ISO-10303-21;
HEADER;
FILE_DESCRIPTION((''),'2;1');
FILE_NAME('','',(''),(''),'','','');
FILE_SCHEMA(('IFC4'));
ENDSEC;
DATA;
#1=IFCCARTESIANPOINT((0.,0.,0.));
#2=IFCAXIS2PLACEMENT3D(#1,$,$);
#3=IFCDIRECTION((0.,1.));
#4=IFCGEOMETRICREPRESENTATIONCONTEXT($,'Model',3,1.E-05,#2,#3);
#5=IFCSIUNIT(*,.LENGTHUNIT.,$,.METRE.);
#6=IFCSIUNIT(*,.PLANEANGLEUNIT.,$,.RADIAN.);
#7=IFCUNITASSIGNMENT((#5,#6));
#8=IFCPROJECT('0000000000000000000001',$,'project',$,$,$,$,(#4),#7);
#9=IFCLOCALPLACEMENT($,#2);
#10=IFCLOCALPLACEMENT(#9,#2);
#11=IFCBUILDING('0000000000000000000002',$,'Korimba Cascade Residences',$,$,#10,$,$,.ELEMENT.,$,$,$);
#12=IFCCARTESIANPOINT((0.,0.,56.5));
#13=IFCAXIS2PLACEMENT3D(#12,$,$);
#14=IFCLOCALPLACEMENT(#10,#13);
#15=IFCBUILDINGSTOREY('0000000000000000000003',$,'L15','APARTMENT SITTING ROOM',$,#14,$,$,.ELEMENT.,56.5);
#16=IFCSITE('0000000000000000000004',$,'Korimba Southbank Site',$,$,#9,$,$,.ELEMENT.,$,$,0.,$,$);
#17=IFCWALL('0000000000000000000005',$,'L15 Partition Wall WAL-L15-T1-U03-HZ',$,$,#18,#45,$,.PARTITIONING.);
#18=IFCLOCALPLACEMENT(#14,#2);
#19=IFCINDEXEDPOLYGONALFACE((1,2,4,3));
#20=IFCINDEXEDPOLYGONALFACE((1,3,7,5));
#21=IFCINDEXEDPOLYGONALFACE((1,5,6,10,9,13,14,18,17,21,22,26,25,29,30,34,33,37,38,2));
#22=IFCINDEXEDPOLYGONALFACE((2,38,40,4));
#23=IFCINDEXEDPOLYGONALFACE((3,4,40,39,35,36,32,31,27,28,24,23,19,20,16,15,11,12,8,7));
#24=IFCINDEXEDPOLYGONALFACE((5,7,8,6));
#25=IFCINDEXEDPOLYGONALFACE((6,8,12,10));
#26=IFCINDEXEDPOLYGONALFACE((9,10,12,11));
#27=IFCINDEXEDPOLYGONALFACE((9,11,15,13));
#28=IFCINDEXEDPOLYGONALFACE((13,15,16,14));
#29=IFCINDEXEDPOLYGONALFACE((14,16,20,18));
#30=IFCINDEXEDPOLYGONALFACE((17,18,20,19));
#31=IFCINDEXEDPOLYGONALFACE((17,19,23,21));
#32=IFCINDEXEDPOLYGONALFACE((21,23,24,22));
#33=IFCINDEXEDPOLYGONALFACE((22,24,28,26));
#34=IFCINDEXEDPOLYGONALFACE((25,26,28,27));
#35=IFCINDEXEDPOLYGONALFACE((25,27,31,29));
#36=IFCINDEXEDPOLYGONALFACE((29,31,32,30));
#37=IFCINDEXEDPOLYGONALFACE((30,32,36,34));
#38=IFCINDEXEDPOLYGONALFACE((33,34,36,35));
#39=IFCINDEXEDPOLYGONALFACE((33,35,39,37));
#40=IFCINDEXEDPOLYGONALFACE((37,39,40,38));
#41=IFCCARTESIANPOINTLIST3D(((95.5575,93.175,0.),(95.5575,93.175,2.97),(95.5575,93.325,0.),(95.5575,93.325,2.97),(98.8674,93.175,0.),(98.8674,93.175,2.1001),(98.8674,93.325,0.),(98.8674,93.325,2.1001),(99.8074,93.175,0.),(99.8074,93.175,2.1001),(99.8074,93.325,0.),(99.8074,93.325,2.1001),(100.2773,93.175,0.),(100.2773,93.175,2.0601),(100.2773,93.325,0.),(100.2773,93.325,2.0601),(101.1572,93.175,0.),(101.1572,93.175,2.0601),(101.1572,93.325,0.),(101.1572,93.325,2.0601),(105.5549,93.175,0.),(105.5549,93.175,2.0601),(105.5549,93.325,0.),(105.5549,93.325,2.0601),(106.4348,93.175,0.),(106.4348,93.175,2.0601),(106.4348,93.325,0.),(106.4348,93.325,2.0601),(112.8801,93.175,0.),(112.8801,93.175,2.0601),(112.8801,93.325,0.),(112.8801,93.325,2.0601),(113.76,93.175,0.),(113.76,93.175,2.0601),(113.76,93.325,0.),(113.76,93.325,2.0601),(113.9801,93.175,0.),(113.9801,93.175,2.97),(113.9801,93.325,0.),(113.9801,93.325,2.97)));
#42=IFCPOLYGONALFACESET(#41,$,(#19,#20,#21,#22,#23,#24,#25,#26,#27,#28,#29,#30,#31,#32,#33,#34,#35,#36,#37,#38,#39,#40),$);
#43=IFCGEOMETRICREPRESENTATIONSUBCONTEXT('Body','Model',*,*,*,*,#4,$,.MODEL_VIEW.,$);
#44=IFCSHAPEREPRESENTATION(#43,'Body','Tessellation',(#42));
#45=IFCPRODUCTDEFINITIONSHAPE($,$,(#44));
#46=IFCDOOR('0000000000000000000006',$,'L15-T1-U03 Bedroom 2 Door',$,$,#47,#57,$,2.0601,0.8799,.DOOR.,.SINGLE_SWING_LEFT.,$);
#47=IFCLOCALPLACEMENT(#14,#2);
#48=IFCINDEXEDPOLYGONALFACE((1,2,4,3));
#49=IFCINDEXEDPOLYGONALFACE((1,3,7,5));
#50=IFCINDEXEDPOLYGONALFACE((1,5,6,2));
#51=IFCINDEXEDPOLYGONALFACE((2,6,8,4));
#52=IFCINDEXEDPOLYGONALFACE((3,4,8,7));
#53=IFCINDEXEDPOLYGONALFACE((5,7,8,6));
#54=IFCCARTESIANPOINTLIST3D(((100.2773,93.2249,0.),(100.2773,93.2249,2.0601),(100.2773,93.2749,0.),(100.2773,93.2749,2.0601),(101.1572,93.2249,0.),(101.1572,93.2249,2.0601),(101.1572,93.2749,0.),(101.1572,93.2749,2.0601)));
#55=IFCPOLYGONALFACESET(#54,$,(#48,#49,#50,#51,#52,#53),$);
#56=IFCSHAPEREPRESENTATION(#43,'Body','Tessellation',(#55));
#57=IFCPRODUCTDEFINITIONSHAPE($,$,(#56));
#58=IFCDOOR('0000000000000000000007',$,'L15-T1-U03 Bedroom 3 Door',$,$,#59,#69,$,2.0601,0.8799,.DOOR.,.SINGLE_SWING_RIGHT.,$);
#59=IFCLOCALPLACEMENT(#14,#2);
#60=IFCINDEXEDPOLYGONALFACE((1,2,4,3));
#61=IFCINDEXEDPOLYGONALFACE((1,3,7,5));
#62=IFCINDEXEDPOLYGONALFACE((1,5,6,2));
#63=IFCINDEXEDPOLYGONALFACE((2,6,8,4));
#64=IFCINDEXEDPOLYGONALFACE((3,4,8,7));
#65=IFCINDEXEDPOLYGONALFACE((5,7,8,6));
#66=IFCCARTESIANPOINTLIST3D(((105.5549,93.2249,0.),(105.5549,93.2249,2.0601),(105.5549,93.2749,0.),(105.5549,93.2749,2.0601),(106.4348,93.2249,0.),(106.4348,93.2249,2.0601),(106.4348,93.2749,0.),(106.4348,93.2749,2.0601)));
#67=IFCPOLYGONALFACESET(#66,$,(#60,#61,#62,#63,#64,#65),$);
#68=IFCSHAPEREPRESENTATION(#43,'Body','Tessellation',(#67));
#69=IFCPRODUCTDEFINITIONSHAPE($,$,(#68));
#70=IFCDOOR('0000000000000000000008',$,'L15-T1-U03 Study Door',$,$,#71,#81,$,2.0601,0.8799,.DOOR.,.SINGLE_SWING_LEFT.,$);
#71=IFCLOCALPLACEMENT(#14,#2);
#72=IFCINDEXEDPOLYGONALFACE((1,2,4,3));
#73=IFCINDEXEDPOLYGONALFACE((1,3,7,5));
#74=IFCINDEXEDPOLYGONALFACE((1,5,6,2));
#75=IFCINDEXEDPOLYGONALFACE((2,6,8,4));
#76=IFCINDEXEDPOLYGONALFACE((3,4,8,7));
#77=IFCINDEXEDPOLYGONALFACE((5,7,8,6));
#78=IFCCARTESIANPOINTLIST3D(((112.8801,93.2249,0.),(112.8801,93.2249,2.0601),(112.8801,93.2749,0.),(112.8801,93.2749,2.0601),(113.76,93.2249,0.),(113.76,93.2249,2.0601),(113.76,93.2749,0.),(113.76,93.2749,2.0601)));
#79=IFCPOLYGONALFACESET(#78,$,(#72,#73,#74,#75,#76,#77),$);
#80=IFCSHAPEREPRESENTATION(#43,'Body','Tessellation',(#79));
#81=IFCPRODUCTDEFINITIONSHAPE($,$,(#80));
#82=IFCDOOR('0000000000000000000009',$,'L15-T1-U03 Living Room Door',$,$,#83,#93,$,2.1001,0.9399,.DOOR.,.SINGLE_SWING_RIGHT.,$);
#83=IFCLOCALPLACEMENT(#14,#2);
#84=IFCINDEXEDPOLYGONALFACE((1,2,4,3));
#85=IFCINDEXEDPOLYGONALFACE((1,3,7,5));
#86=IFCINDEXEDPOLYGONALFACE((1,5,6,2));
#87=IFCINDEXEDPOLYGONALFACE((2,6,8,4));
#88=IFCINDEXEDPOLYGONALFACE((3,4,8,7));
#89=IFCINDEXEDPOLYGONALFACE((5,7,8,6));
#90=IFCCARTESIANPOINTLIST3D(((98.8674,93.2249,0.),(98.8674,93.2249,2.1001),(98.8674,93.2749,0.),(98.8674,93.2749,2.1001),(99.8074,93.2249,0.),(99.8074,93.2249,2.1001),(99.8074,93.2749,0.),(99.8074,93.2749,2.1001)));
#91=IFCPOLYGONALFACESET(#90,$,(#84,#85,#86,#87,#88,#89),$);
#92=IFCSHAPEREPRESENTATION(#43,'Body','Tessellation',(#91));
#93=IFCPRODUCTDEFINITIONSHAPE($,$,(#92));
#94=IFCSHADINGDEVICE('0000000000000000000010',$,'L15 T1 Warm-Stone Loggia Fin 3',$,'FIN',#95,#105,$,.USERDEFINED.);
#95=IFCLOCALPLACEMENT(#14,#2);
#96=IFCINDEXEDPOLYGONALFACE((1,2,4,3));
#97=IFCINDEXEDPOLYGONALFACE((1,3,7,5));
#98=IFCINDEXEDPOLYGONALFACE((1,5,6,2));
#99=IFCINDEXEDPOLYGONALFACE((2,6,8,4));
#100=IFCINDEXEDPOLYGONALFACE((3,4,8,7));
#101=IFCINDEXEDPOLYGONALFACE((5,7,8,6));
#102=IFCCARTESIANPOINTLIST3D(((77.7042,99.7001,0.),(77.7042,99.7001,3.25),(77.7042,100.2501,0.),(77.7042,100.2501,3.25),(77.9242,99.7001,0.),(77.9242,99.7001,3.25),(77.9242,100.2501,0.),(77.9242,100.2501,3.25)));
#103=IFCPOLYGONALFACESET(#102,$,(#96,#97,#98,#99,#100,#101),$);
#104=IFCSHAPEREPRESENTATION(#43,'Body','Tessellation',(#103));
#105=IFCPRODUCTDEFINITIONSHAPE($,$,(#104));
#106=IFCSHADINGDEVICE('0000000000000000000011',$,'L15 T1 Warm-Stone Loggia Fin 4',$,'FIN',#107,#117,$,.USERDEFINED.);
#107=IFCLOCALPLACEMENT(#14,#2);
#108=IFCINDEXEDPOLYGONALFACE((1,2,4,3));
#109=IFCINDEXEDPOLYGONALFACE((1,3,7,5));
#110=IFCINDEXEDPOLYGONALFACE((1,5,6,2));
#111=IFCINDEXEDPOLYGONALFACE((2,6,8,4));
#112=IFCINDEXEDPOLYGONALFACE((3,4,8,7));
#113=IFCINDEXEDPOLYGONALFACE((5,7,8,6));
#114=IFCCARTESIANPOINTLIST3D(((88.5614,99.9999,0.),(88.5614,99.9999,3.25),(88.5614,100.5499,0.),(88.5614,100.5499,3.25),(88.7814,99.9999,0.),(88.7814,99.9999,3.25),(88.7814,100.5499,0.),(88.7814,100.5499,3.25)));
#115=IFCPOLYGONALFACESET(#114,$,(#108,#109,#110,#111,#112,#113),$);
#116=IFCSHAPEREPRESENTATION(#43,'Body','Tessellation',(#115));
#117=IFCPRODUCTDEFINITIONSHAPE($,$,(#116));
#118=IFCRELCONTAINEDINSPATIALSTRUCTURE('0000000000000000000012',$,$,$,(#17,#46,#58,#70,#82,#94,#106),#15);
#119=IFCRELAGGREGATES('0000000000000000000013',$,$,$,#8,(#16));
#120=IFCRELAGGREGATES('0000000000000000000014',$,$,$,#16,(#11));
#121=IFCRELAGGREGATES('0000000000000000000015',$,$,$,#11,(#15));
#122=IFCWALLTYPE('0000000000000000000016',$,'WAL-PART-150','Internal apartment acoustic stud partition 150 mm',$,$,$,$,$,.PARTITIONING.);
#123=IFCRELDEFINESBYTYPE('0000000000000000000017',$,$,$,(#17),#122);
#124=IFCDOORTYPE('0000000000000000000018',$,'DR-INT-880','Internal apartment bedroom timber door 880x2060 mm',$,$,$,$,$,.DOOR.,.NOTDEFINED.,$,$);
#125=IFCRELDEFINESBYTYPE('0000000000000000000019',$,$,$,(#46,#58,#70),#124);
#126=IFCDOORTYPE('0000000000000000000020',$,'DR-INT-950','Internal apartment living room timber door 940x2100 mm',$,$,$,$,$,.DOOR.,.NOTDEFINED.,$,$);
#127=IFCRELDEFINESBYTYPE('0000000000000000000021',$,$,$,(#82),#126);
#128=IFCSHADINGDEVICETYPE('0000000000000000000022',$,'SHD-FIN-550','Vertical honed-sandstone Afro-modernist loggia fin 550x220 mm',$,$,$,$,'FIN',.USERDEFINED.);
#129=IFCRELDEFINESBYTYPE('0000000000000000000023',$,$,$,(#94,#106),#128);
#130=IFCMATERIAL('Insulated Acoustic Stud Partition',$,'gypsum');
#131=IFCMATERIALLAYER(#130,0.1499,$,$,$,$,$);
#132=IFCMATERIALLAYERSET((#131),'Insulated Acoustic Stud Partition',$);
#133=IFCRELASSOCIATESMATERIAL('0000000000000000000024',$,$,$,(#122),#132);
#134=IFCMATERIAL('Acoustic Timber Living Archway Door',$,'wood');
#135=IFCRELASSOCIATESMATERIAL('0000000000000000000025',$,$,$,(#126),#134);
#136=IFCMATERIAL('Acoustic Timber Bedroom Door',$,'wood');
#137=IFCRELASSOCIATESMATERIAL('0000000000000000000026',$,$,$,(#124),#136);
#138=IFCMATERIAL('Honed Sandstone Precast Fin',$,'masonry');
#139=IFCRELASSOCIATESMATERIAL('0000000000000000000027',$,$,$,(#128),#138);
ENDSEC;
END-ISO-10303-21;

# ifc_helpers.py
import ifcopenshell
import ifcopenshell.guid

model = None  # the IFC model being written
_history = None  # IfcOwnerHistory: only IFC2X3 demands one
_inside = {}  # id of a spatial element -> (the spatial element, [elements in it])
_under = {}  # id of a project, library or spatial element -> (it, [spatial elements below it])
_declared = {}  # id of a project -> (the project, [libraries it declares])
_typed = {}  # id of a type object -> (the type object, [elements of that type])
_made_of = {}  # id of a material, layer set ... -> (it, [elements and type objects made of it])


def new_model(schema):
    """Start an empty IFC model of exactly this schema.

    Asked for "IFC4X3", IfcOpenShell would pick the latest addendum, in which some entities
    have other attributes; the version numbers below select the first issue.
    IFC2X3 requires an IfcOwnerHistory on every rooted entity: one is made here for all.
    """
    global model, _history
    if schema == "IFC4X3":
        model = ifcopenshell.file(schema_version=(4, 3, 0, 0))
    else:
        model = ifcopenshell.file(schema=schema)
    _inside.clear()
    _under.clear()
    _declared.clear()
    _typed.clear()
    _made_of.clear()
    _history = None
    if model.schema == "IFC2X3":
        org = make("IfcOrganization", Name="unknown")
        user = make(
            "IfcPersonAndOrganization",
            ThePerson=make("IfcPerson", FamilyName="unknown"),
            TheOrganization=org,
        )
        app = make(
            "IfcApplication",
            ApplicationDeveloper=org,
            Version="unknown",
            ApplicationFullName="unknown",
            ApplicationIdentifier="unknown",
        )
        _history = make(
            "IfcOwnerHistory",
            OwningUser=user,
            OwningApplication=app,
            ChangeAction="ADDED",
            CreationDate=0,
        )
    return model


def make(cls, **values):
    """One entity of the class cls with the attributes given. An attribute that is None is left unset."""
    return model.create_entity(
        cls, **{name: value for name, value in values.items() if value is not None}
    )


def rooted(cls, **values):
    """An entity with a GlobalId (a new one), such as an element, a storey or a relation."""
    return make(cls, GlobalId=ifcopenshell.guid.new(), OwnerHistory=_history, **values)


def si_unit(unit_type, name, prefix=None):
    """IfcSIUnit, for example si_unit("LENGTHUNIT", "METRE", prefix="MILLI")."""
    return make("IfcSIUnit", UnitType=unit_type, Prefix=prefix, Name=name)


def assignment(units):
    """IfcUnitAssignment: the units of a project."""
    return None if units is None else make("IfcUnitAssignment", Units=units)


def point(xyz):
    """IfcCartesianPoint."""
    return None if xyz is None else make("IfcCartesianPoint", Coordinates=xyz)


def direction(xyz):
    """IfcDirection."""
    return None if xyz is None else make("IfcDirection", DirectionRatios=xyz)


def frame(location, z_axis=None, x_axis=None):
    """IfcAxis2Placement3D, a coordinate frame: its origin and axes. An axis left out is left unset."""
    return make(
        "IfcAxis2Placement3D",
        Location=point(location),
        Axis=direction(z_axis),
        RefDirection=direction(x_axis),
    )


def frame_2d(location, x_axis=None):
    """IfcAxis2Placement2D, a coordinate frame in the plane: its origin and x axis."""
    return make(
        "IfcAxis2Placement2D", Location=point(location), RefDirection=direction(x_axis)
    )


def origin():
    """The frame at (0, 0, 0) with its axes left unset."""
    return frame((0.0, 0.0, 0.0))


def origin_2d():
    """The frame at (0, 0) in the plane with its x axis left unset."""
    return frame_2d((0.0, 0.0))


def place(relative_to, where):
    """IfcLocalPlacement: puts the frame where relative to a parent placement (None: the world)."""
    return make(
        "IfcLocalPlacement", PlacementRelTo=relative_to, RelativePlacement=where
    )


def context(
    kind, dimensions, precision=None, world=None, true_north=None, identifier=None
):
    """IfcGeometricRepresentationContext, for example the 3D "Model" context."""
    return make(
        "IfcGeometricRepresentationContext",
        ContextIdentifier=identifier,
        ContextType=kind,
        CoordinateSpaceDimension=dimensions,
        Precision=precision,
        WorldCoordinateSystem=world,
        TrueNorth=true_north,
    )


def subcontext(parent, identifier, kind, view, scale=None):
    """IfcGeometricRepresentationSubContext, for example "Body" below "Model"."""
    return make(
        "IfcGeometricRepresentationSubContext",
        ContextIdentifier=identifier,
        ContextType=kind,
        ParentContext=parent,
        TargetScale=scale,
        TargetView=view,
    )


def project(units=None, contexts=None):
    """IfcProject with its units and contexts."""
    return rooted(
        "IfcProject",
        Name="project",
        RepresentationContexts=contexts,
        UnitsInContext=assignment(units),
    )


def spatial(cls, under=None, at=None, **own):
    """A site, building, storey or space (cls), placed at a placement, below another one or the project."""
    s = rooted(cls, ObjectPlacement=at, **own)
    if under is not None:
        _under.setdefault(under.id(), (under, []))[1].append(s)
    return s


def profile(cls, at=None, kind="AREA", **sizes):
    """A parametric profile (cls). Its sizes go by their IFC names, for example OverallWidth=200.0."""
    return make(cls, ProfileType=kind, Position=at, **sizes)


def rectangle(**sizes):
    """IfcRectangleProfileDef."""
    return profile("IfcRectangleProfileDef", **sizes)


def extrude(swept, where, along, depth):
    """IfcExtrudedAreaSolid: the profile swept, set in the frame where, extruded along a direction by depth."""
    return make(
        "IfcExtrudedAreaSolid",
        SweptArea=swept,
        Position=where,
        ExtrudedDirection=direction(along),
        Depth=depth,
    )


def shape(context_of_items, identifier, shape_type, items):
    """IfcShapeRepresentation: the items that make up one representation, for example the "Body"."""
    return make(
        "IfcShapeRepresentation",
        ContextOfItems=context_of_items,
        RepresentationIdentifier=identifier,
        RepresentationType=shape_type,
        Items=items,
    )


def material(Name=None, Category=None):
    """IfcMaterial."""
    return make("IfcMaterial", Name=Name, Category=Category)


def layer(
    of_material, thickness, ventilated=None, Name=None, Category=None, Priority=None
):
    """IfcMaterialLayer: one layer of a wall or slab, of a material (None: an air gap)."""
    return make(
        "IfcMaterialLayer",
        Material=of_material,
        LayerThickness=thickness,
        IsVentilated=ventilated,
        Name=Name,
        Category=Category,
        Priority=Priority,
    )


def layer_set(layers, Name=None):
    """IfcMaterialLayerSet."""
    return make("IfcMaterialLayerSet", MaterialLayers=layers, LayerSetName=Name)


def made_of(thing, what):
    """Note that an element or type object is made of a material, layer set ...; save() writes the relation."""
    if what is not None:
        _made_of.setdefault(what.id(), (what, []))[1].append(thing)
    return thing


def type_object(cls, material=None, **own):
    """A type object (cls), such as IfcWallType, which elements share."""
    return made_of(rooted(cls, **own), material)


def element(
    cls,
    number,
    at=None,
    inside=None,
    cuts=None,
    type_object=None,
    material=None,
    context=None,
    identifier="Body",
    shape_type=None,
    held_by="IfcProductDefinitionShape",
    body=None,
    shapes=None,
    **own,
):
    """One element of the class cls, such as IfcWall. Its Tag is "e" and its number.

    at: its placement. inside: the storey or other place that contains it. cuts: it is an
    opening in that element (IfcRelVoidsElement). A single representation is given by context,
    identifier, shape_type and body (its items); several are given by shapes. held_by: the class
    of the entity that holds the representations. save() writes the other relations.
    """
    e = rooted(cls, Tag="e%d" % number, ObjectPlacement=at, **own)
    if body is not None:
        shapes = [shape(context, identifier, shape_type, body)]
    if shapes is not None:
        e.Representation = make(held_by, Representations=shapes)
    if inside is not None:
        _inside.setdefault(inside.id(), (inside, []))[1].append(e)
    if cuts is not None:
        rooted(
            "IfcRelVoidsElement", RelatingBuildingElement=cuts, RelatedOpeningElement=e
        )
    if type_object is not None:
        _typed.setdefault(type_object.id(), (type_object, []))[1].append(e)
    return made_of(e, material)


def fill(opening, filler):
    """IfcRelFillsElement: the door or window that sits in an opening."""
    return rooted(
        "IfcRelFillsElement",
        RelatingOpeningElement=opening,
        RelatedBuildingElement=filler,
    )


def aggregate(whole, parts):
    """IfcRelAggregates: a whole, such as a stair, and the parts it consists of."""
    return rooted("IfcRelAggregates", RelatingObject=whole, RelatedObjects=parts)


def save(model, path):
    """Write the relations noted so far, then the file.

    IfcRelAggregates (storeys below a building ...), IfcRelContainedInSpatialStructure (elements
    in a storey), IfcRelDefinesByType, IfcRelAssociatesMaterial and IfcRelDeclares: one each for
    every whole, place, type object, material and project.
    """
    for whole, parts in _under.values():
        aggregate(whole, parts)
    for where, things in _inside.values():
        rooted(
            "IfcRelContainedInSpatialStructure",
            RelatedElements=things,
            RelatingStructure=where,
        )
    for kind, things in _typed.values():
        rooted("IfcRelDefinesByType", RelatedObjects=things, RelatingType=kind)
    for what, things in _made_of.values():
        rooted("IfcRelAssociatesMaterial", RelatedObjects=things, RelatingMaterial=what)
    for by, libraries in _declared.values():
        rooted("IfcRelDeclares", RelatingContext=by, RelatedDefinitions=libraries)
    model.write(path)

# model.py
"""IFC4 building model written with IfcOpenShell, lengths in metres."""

from ifc_helpers import new_model, si_unit, direction, frame, frame_2d, origin, origin_2d, place, context, subcontext, project, spatial, rectangle, extrude, material, layer, layer_set, type_object, element, fill, save


model = new_model("IFC4")

# Units and contexts
model_context = context("Model", 3, precision=1e-05, world=origin(), true_north=direction((0.0, 1.0)))
body_context = subcontext(model_context, "Body", "Model", "MODEL_VIEW")
ifc_project = project(units=[si_unit("LENGTHUNIT", "METRE"), si_unit("PLANEANGLEUNIT", "RADIAN")], contexts=[model_context])

# Site, building, storey
site_placement = place(None, origin())
site = spatial("IfcSite", under=ifc_project, at=site_placement, Name="Korimba Southbank Site", CompositionType="ELEMENT", RefElevation=0.0)
building_placement = place(site_placement, origin())
building = spatial("IfcBuilding", under=site, at=building_placement, Name="Korimba Cascade Residences", CompositionType="ELEMENT")
storey_placement = place(building_placement, frame((0.0, 0.0, 56.5)))
storey = spatial("IfcBuildingStorey", under=building, at=storey_placement, Name="L15", Description="APARTMENT SITTING ROOM", CompositionType="ELEMENT", Elevation=56.5)

# Shared definitions
ifc_material_1 = material(Name="Insulated Acoustic Stud Partition", Category="gypsum")
ifc_layer = layer(ifc_material_1, 0.1499)
ifc_layer_set = layer_set([ifc_layer], Name="Insulated Acoustic Stud Partition")
wall_type = type_object("IfcWallType", Name="WAL-PART-150", Description="Internal apartment acoustic stud partition 150 mm", PredefinedType="PARTITIONING", material=ifc_layer_set)

# Shared definitions
ifc_material_2 = material(Name="Acoustic Timber Living Archway Door", Category="wood")
door_type_1 = type_object("IfcDoorType", Name="DR-INT-950", Description="Internal apartment living room timber door 940x2100 mm", OperationType="NOTDEFINED", PredefinedType="DOOR", material=ifc_material_2)

# Wall, openings, doors
wall_1_placement = place(storey_placement, frame((95.5574, 93.25, 0.0), z_axis=(0.0, 0.0, 1.0), x_axis=(1.0, 0.0, 0.0)))
wall_1 = element("IfcWall", 1, at=wall_1_placement, inside=storey, type_object=wall_type, Name="L15 Partition Wall WAL-L15-T1-U03-HZ", PredefinedType="PARTITIONING", context=body_context, shape_type="SweptSolid", body=[
    extrude(rectangle(XDim=18.4226, YDim=0.1499, at=frame_2d((9.2114, 0.0))), origin(), (0.0, 0.0, 1.0), 2.97),
])
opening_1_placement = place(wall_1_placement, frame((3.3101, 0.0, 0.0)))
opening_1 = element("IfcOpeningElement", 2, at=opening_1_placement, cuts=wall_1, PredefinedType="OPENING", context=body_context, shape_type="SweptSolid", body=[
    extrude(rectangle(XDim=0.9399, YDim=2.1001, at=frame_2d((0.47, 1.05))), frame((0.0, 0.085, 0.0), z_axis=(0.0, -1.0, 0.0), x_axis=(1.0, 0.0, 0.0)), (0.0, 0.0, 1.0), 0.1699),
])
opening_2_placement = place(wall_1_placement, frame((4.72, 0.0, 0.0)))
opening_2 = element("IfcOpeningElement", 3, at=opening_2_placement, cuts=wall_1, PredefinedType="OPENING", context=body_context, shape_type="SweptSolid", body=[
    extrude(rectangle(XDim=0.8799, YDim=2.0601, at=frame_2d((0.4399, 1.03))), frame((0.0, 0.085, 0.0), z_axis=(0.0, -1.0, 0.0), x_axis=(1.0, 0.0, 0.0)), (0.0, 0.0, 1.0), 0.1699),
])
opening_3_placement = place(wall_1_placement, frame((9.9976, 0.0, 0.0)))
opening_3 = element("IfcOpeningElement", 4, at=opening_3_placement, cuts=wall_1, PredefinedType="OPENING", context=body_context, shape_type="SweptSolid", body=[
    extrude(rectangle(XDim=0.8799, YDim=2.0601, at=frame_2d((0.4399, 1.03))), frame((0.0, 0.085, 0.0), z_axis=(0.0, -1.0, 0.0), x_axis=(1.0, 0.0, 0.0)), (0.0, 0.0, 1.0), 0.1699),
])
opening_4_placement = place(wall_1_placement, frame((17.3228, 0.0, 0.0)))
opening_4 = element("IfcOpeningElement", 5, at=opening_4_placement, cuts=wall_1, PredefinedType="OPENING", context=body_context, shape_type="SweptSolid", body=[
    extrude(rectangle(XDim=0.8799, YDim=2.0601, at=frame_2d((0.4399, 1.03))), frame((0.0, 0.085, 0.0), z_axis=(0.0, -1.0, 0.0), x_axis=(1.0, 0.0, 0.0)), (0.0, 0.0, 1.0), 0.1699),
])
ifc_material_3 = material(Name="Acoustic Timber Bedroom Door", Category="wood")
door_type_2 = type_object("IfcDoorType", Name="DR-INT-880", Description="Internal apartment bedroom timber door 880x2060 mm", OperationType="NOTDEFINED", PredefinedType="DOOR", material=ifc_material_3)
door_1_placement = place(opening_2_placement, origin())
door_1 = element("IfcDoor", 6, at=door_1_placement, inside=storey, type_object=door_type_2, Name="L15-T1-U03 Bedroom 2 Door", OperationType="SINGLE_SWING_LEFT", OverallHeight=2.0601, OverallWidth=0.8799, PredefinedType="DOOR", context=body_context, shape_type="SweptSolid", body=[
    extrude(rectangle(XDim=0.8799, YDim=2.0601, at=frame_2d((0.4399, 1.03))), frame((0.0, 0.0249, 0.0), z_axis=(0.0, -1.0, 0.0), x_axis=(1.0, 0.0, 0.0)), (0.0, 0.0, 1.0), 0.05),
])
fill(opening_2, door_1)
door_2_placement = place(opening_3_placement, origin())
door_2 = element("IfcDoor", 7, at=door_2_placement, inside=storey, type_object=door_type_2, Name="L15-T1-U03 Bedroom 3 Door", OperationType="SINGLE_SWING_RIGHT", OverallHeight=2.0601, OverallWidth=0.8799, PredefinedType="DOOR", context=body_context, shape_type="SweptSolid", body=[
    extrude(rectangle(XDim=0.8799, YDim=2.0601, at=frame_2d((0.4399, 1.03))), frame((0.0, 0.0249, 0.0), z_axis=(0.0, -1.0, 0.0), x_axis=(1.0, 0.0, 0.0)), (0.0, 0.0, 1.0), 0.05),
])
fill(opening_3, door_2)
door_3_placement = place(opening_4_placement, origin())
door_3 = element("IfcDoor", 8, at=door_3_placement, inside=storey, type_object=door_type_2, Name="L15-T1-U03 Study Door", OperationType="SINGLE_SWING_LEFT", OverallHeight=2.0601, OverallWidth=0.8799, PredefinedType="DOOR", context=body_context, shape_type="SweptSolid", body=[
    extrude(rectangle(XDim=0.8799, YDim=2.0601, at=frame_2d((0.4399, 1.03))), frame((0.0, 0.0249, 0.0), z_axis=(0.0, -1.0, 0.0), x_axis=(1.0, 0.0, 0.0)), (0.0, 0.0, 1.0), 0.05),
])
fill(opening_4, door_3)
door_4_placement = place(opening_1_placement, origin())
door_4 = element("IfcDoor", 9, at=door_4_placement, inside=storey, type_object=door_type_1, Name="L15-T1-U03 Living Room Door", OperationType="SINGLE_SWING_RIGHT", OverallHeight=2.1001, OverallWidth=0.9399, PredefinedType="DOOR", context=body_context, shape_type="SweptSolid", body=[
    extrude(rectangle(XDim=0.9399, YDim=2.1001, at=frame_2d((0.47, 1.05))), frame((0.0, 0.0249, 0.0), z_axis=(0.0, -1.0, 0.0), x_axis=(1.0, 0.0, 0.0)), (0.0, 0.0, 1.0), 0.05),
])
fill(opening_1, door_4)

# Shading devices
ifc_material_4 = material(Name="Honed Sandstone Precast Fin", Category="masonry")
shading_device_type = type_object("IfcShadingDeviceType", Name="SHD-FIN-550", Description="Vertical honed-sandstone Afro-modernist loggia fin 550x220 mm", ElementType="FIN", PredefinedType="USERDEFINED", material=ifc_material_4)
for number, where, z_axis, x_axis, name in (
    (10, (77.8142, 99.9751, 0.0), (0.0, 0.0, 1.0), (1.0, 0.0, 0.0), "L15 T1 Warm-Stone Loggia Fin 3"),
    (11, (88.6714, 100.2749, 0.0), (0.0, 0.0, 1.0), (1.0, 0.0, 0.0), "L15 T1 Warm-Stone Loggia Fin 4"),
):
    element("IfcShadingDevice", number, at=place(storey_placement, frame(where, z_axis=z_axis, x_axis=x_axis)), inside=storey, type_object=shading_device_type, Name=name, ObjectType="FIN", PredefinedType="USERDEFINED", context=body_context, shape_type="SweptSolid", body=[
        extrude(rectangle(XDim=0.22, YDim=0.55, at=origin_2d()), origin(), (0.0, 0.0, 1.0), 3.25),
    ])

save(model, "model.ifc")
